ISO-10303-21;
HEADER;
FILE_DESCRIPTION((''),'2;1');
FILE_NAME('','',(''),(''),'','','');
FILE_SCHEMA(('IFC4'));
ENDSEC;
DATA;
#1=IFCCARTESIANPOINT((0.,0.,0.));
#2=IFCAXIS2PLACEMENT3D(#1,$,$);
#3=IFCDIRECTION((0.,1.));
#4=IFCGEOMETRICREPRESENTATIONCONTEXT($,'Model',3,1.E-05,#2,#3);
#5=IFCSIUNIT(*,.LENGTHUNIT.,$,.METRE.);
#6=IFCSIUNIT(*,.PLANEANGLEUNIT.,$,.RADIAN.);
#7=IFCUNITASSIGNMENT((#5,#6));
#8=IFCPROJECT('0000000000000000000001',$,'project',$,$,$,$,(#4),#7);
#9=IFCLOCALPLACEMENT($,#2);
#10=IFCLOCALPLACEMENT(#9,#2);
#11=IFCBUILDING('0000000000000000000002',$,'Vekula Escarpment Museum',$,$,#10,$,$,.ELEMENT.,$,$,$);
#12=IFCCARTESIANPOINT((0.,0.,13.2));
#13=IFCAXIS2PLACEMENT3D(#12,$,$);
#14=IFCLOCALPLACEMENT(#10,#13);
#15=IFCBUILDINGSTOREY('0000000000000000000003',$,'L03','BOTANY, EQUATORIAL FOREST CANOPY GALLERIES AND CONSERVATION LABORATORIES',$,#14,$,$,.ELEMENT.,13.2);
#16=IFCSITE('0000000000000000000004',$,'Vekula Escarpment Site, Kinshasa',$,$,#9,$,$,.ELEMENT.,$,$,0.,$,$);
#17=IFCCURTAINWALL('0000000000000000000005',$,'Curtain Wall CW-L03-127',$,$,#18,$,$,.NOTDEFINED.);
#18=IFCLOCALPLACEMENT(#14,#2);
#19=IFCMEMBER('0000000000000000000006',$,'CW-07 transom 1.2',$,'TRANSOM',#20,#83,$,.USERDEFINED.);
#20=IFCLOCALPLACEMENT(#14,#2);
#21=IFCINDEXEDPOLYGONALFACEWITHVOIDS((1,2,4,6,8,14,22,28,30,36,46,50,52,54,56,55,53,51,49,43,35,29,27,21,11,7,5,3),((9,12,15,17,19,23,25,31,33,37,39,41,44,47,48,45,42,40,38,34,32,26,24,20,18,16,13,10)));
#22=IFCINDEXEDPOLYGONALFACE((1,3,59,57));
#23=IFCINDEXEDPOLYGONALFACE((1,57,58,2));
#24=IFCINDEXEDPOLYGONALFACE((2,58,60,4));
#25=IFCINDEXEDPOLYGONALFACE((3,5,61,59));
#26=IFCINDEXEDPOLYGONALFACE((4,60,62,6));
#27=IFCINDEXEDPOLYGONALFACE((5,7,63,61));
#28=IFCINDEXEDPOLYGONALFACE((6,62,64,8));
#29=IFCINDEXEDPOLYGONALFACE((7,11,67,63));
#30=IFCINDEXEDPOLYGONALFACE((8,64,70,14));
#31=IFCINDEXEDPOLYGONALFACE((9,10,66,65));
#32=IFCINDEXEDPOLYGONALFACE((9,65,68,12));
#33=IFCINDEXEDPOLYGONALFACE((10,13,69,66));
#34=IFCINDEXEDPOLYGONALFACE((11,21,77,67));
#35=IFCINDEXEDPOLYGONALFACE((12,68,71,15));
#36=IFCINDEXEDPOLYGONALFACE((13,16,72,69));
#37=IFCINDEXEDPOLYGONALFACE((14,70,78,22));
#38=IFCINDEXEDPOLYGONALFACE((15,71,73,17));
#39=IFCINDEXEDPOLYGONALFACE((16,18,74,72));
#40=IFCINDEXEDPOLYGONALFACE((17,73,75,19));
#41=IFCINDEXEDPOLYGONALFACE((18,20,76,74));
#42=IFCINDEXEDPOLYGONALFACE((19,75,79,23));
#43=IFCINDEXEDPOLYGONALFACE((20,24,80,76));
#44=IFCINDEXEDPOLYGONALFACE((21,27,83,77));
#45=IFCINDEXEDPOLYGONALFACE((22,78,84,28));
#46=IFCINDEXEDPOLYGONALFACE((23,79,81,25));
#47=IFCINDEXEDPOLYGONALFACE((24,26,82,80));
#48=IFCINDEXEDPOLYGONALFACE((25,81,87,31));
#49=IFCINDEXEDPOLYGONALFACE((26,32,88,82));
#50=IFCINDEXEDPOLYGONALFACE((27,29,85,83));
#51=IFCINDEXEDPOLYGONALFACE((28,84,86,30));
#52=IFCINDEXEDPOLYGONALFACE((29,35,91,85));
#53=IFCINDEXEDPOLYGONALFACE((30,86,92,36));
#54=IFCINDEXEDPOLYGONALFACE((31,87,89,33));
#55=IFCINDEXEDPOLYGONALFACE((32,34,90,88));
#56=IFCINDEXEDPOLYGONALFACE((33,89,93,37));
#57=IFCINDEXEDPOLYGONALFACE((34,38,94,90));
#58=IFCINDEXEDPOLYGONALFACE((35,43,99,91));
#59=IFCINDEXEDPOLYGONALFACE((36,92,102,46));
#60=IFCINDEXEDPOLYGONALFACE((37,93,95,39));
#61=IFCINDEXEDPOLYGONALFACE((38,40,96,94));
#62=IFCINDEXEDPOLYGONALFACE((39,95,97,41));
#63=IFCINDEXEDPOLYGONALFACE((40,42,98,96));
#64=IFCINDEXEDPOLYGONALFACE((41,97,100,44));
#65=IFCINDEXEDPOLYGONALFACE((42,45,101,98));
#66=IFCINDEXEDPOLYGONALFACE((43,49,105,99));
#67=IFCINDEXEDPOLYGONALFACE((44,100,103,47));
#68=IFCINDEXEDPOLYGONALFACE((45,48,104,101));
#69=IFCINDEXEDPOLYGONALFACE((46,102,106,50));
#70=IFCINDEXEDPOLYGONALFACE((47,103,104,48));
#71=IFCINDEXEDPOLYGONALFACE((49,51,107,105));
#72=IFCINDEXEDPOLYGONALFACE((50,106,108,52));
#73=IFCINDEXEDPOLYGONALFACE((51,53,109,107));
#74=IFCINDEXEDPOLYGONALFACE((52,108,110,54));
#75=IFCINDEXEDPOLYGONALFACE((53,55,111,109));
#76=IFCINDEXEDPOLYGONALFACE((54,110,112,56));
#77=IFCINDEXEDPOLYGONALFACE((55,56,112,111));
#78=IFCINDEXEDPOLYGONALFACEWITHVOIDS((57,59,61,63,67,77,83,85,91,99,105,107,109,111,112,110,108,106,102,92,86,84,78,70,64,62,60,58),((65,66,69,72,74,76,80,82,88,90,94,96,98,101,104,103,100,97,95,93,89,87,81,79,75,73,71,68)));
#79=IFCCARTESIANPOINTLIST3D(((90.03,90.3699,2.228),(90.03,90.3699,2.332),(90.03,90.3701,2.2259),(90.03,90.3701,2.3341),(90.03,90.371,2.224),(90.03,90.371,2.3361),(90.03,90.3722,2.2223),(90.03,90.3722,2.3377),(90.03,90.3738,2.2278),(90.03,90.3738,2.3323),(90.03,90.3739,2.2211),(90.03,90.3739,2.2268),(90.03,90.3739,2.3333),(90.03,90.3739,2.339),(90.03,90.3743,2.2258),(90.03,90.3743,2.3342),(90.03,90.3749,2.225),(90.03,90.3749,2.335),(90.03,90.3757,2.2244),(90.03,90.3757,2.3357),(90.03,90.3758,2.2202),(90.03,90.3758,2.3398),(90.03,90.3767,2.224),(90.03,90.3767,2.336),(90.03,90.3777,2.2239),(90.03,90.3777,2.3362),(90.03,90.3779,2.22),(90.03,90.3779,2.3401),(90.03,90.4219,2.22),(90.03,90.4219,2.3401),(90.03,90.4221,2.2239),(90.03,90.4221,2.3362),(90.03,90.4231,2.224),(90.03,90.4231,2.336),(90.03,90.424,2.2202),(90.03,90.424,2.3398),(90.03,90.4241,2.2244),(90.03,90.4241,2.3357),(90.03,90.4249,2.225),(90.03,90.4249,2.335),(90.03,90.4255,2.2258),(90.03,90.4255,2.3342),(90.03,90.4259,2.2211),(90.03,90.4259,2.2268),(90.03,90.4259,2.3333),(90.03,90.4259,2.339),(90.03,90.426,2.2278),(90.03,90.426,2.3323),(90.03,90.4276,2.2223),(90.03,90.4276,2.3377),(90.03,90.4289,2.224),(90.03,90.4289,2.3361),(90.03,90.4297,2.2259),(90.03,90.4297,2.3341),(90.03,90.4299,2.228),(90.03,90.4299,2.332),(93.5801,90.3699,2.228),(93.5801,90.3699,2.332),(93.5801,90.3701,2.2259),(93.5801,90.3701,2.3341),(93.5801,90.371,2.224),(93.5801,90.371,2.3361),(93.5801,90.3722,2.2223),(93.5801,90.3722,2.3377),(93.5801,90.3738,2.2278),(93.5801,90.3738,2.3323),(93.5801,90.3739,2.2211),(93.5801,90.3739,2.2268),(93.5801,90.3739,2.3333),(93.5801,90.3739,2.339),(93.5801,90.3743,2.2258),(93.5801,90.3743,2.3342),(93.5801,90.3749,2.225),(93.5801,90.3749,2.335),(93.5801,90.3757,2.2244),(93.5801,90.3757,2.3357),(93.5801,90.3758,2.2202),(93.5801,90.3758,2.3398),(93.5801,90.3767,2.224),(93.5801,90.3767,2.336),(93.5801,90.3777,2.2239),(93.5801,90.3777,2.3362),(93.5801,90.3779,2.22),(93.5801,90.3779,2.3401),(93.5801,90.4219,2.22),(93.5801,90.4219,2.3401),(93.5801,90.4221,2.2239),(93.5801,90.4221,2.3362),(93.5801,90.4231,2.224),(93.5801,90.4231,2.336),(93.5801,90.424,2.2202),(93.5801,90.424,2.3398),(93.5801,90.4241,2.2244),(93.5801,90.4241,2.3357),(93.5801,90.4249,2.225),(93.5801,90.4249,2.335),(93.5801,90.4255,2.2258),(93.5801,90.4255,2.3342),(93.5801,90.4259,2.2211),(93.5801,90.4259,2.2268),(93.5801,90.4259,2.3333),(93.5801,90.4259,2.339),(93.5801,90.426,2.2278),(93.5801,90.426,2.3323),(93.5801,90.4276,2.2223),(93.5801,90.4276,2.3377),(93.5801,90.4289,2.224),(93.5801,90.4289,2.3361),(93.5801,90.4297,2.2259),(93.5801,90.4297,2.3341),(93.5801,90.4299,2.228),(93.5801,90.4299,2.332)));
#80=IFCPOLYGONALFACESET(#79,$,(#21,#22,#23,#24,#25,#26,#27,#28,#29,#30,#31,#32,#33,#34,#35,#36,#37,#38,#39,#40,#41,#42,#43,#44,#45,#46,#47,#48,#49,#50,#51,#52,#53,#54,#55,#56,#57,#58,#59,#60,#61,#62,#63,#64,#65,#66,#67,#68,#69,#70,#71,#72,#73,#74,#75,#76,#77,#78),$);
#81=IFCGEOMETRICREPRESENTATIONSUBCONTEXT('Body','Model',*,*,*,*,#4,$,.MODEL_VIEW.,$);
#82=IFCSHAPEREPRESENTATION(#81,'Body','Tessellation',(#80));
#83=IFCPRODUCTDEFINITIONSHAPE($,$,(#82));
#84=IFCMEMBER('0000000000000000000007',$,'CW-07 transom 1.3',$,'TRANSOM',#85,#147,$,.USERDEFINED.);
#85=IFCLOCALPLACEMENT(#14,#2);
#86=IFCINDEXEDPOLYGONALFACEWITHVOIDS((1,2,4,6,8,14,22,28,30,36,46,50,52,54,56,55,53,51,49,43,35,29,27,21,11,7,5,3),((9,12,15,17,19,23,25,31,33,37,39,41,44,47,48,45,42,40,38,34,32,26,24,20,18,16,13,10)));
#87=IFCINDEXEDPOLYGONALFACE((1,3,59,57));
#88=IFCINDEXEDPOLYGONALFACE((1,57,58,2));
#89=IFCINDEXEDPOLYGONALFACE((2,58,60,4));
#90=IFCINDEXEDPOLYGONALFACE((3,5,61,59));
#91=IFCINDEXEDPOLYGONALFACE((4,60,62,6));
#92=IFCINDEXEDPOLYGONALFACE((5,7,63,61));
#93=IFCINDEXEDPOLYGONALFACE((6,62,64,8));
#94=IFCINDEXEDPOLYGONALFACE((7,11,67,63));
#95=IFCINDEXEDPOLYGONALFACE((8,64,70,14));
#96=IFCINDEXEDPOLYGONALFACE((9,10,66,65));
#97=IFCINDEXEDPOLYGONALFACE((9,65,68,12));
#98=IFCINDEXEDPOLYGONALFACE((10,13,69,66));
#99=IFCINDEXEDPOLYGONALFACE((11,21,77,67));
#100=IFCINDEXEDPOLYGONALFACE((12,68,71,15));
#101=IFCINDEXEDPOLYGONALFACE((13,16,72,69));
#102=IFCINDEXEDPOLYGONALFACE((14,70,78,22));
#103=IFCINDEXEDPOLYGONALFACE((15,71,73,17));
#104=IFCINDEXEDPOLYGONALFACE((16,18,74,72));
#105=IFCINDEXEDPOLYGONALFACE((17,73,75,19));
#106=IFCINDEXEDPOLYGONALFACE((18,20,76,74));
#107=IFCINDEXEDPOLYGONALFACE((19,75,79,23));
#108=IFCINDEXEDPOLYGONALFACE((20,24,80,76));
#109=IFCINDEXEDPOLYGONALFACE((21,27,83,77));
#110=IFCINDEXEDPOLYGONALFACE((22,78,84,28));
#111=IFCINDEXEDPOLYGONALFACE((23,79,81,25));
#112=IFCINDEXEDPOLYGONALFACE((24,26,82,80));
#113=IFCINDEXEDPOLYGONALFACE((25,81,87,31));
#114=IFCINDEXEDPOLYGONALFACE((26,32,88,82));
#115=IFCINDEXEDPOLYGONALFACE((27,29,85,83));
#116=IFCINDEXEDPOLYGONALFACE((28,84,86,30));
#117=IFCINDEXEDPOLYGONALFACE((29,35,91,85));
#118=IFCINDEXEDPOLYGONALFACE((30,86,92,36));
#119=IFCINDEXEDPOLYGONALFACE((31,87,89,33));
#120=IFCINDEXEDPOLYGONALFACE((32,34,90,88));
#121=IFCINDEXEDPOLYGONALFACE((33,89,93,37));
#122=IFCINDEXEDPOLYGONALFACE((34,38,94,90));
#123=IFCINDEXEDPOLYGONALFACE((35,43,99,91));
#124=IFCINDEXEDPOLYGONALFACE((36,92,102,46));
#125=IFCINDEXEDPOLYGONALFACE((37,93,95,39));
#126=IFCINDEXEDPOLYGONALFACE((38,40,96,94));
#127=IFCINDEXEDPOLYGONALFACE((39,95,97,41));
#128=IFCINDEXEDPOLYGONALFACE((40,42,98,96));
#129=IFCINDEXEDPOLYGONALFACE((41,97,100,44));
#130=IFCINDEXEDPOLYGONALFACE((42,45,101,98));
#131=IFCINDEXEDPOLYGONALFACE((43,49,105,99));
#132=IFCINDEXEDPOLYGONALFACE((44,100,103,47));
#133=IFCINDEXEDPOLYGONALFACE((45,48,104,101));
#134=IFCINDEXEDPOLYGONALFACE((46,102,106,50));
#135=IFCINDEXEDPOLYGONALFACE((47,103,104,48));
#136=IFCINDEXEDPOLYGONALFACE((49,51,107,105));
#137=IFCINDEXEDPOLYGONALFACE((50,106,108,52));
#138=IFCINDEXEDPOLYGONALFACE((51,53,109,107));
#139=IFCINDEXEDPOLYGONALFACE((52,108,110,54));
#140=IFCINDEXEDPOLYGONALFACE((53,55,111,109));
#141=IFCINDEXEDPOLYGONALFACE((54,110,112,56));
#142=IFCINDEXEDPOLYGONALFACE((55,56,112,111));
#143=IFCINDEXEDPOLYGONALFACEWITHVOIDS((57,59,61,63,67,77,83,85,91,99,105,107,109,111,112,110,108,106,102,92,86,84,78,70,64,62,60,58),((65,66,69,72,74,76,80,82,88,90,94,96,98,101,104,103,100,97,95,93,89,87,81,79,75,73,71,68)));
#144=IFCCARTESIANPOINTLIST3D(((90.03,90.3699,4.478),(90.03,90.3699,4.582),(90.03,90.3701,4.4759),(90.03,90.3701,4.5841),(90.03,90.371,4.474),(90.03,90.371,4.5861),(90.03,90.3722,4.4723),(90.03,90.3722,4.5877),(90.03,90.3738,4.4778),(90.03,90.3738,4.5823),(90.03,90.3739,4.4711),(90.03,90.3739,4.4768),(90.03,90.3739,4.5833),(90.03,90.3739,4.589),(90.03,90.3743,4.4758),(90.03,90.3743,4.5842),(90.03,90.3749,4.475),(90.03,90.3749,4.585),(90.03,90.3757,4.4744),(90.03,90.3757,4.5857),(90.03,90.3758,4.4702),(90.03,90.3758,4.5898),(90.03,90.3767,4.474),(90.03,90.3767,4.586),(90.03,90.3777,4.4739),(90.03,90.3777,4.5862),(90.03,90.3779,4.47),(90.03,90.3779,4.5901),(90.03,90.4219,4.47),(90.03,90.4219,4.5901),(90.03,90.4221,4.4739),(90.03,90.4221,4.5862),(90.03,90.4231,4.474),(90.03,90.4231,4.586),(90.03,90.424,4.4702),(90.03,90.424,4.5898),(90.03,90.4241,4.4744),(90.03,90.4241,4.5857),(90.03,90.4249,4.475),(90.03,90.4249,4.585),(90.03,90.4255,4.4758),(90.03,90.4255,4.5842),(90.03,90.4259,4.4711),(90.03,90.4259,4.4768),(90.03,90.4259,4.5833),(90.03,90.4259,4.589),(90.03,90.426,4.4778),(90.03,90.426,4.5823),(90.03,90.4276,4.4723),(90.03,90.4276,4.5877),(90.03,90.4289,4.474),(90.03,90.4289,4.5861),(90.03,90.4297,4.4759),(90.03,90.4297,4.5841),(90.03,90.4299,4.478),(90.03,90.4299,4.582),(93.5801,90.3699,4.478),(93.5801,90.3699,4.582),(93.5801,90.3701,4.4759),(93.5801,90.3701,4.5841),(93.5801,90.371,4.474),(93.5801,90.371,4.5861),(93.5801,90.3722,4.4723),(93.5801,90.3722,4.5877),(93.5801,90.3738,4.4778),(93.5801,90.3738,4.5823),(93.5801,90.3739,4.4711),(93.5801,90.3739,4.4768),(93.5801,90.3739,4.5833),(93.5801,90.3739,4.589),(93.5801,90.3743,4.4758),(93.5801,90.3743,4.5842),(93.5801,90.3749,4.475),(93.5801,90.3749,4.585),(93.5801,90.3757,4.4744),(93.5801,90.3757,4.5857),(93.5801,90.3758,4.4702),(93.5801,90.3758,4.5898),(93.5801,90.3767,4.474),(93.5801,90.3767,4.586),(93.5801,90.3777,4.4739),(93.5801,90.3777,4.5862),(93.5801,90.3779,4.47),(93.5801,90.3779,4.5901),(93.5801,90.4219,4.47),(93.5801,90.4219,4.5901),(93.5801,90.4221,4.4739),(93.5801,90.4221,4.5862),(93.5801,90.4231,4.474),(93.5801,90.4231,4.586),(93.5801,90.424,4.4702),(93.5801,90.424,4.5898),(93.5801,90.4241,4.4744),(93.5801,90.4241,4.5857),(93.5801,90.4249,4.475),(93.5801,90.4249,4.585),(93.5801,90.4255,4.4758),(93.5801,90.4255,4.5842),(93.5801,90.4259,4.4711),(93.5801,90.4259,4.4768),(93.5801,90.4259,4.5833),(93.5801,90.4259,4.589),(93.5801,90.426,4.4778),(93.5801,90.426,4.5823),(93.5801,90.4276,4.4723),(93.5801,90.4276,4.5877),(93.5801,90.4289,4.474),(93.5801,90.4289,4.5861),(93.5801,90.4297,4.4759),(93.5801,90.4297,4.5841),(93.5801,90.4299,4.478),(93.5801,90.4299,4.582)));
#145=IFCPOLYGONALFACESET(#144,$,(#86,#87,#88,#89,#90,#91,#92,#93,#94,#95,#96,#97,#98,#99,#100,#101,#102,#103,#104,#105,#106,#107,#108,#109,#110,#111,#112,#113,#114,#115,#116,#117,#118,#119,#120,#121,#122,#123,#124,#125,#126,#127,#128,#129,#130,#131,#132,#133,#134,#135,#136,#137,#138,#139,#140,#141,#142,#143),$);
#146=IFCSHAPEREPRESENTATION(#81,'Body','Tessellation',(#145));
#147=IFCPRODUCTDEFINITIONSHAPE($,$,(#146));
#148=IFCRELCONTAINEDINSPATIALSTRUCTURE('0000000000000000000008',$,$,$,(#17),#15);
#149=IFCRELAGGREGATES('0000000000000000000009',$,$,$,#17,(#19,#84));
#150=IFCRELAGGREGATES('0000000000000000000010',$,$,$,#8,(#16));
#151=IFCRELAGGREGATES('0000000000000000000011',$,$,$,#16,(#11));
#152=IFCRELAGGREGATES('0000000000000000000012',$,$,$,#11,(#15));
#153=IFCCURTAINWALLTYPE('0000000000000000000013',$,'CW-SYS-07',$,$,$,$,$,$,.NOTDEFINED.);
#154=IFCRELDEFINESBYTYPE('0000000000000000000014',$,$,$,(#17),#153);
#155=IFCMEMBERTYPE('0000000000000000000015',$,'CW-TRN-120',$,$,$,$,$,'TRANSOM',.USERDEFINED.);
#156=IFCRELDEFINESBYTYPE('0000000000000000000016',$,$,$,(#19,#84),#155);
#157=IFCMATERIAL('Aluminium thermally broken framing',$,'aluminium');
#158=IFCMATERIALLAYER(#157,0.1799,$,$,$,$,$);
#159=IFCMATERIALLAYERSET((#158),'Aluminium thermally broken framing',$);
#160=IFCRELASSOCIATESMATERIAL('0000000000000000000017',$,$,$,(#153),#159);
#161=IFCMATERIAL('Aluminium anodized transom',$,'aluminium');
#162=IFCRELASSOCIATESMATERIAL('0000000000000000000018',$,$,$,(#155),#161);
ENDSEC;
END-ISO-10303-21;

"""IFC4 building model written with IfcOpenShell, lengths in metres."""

from ifc_helpers import new_model, si_unit, direction, frame, origin, origin_2d, place, context, subcontext, project, spatial, hollow_rectangle, extrude, material, layer, layer_set, material_profile, profile_set, type_object, element, aggregate, save


model = new_model("IFC4")

# Units and contexts
model_context = context("Model", 3, precision=1e-05, world=origin(), true_north=direction((0.0, 1.0)))
body_context = subcontext(model_context, "Body", "Model", "MODEL_VIEW")
ifc_project = project(units=[si_unit("LENGTHUNIT", "METRE"), si_unit("PLANEANGLEUNIT", "RADIAN")], contexts=[model_context])

# Site, building, storey
site_placement = place(None, origin())
site = spatial("IfcSite", under=ifc_project, at=site_placement, Name="Vekula Escarpment Site, Kinshasa", CompositionType="ELEMENT", RefElevation=0.0)
building_placement = place(site_placement, origin())
building = spatial("IfcBuilding", under=site, at=building_placement, Name="Vekula Escarpment Museum", CompositionType="ELEMENT")
storey_placement = place(building_placement, frame((0.0, 0.0, 13.2)))
storey = spatial("IfcBuildingStorey", under=building, at=storey_placement, Name="L03", Description="BOTANY, EQUATORIAL FOREST CANOPY GALLERIES AND CONSERVATION LABORATORIES", CompositionType="ELEMENT", Elevation=13.2)

# Curtain wall, members
ifc_material_1 = material(Name="Aluminium thermally broken framing", Category="aluminium")
ifc_layer_1 = layer(ifc_material_1, 0.1799)
ifc_layer_set_1 = layer_set([ifc_layer_1], Name="Aluminium thermally broken framing")
curtain_wall_type_1 = type_object("IfcCurtainWallType", Name="CW-SYS-07", PredefinedType="NOTDEFINED", material=ifc_layer_set_1)
curtain_wall_1_placement = place(storey_placement, origin())
curtain_wall_1 = element("IfcCurtainWall", 1, at=curtain_wall_1_placement, inside=storey, type_object=curtain_wall_type_1, Name="Curtain Wall CW-L03-127", PredefinedType="NOTDEFINED")
ifc_material_2 = material(Name="Aluminium anodized transom", Category="aluminium")
ifc_material_profile_1 = material_profile(ifc_material_2, hollow_rectangle(XDim=0.0601, YDim=0.1201, WallThickness=0.0039, InnerFilletRadius=0.0039, OuterFilletRadius=0.0081, at=origin_2d()), Name="ALU 120x60x4")
ifc_profile_set_1 = profile_set([ifc_material_profile_1], Name="Aluminium anodized transom")
member_type_1 = type_object("IfcMemberType", Name="CW-TRN-120", ElementType="TRANSOM", PredefinedType="USERDEFINED", material=ifc_profile_set_1)
member_1_placement = place(storey_placement, frame((93.5801, 90.3999, 2.28), z_axis=(-1.0, 0.0, 0.0), x_axis=(0.0, -1.0, 0.0)))
member_1 = element("IfcMember", 2, at=member_1_placement, type_object=member_type_1, Name="CW-07 transom 1.2", ObjectType="TRANSOM", PredefinedType="USERDEFINED", context=body_context, shape_type="SweptSolid", body=[
    extrude(hollow_rectangle(XDim=0.0601, YDim=0.1201, WallThickness=0.0039, InnerFilletRadius=0.0039, OuterFilletRadius=0.0081, at=origin_2d()), origin(), (0.0, 0.0, 1.0), 3.55),
])
member_2_placement = place(storey_placement, frame((93.5801, 90.3999, 4.53), z_axis=(-1.0, 0.0, 0.0), x_axis=(0.0, -1.0, 0.0)))
member_2 = element("IfcMember", 3, at=member_2_placement, type_object=member_type_1, Name="CW-07 transom 1.3", ObjectType="TRANSOM", PredefinedType="USERDEFINED", context=body_context, shape_type="SweptSolid", body=[
    extrude(hollow_rectangle(XDim=0.0601, YDim=0.1201, WallThickness=0.0039, InnerFilletRadius=0.0039, OuterFilletRadius=0.0081, at=origin_2d()), origin(), (0.0, 0.0, 1.0), 3.55),
])

aggregate(curtain_wall_1, [member_1, member_2])

save(model, "model.ifc")
